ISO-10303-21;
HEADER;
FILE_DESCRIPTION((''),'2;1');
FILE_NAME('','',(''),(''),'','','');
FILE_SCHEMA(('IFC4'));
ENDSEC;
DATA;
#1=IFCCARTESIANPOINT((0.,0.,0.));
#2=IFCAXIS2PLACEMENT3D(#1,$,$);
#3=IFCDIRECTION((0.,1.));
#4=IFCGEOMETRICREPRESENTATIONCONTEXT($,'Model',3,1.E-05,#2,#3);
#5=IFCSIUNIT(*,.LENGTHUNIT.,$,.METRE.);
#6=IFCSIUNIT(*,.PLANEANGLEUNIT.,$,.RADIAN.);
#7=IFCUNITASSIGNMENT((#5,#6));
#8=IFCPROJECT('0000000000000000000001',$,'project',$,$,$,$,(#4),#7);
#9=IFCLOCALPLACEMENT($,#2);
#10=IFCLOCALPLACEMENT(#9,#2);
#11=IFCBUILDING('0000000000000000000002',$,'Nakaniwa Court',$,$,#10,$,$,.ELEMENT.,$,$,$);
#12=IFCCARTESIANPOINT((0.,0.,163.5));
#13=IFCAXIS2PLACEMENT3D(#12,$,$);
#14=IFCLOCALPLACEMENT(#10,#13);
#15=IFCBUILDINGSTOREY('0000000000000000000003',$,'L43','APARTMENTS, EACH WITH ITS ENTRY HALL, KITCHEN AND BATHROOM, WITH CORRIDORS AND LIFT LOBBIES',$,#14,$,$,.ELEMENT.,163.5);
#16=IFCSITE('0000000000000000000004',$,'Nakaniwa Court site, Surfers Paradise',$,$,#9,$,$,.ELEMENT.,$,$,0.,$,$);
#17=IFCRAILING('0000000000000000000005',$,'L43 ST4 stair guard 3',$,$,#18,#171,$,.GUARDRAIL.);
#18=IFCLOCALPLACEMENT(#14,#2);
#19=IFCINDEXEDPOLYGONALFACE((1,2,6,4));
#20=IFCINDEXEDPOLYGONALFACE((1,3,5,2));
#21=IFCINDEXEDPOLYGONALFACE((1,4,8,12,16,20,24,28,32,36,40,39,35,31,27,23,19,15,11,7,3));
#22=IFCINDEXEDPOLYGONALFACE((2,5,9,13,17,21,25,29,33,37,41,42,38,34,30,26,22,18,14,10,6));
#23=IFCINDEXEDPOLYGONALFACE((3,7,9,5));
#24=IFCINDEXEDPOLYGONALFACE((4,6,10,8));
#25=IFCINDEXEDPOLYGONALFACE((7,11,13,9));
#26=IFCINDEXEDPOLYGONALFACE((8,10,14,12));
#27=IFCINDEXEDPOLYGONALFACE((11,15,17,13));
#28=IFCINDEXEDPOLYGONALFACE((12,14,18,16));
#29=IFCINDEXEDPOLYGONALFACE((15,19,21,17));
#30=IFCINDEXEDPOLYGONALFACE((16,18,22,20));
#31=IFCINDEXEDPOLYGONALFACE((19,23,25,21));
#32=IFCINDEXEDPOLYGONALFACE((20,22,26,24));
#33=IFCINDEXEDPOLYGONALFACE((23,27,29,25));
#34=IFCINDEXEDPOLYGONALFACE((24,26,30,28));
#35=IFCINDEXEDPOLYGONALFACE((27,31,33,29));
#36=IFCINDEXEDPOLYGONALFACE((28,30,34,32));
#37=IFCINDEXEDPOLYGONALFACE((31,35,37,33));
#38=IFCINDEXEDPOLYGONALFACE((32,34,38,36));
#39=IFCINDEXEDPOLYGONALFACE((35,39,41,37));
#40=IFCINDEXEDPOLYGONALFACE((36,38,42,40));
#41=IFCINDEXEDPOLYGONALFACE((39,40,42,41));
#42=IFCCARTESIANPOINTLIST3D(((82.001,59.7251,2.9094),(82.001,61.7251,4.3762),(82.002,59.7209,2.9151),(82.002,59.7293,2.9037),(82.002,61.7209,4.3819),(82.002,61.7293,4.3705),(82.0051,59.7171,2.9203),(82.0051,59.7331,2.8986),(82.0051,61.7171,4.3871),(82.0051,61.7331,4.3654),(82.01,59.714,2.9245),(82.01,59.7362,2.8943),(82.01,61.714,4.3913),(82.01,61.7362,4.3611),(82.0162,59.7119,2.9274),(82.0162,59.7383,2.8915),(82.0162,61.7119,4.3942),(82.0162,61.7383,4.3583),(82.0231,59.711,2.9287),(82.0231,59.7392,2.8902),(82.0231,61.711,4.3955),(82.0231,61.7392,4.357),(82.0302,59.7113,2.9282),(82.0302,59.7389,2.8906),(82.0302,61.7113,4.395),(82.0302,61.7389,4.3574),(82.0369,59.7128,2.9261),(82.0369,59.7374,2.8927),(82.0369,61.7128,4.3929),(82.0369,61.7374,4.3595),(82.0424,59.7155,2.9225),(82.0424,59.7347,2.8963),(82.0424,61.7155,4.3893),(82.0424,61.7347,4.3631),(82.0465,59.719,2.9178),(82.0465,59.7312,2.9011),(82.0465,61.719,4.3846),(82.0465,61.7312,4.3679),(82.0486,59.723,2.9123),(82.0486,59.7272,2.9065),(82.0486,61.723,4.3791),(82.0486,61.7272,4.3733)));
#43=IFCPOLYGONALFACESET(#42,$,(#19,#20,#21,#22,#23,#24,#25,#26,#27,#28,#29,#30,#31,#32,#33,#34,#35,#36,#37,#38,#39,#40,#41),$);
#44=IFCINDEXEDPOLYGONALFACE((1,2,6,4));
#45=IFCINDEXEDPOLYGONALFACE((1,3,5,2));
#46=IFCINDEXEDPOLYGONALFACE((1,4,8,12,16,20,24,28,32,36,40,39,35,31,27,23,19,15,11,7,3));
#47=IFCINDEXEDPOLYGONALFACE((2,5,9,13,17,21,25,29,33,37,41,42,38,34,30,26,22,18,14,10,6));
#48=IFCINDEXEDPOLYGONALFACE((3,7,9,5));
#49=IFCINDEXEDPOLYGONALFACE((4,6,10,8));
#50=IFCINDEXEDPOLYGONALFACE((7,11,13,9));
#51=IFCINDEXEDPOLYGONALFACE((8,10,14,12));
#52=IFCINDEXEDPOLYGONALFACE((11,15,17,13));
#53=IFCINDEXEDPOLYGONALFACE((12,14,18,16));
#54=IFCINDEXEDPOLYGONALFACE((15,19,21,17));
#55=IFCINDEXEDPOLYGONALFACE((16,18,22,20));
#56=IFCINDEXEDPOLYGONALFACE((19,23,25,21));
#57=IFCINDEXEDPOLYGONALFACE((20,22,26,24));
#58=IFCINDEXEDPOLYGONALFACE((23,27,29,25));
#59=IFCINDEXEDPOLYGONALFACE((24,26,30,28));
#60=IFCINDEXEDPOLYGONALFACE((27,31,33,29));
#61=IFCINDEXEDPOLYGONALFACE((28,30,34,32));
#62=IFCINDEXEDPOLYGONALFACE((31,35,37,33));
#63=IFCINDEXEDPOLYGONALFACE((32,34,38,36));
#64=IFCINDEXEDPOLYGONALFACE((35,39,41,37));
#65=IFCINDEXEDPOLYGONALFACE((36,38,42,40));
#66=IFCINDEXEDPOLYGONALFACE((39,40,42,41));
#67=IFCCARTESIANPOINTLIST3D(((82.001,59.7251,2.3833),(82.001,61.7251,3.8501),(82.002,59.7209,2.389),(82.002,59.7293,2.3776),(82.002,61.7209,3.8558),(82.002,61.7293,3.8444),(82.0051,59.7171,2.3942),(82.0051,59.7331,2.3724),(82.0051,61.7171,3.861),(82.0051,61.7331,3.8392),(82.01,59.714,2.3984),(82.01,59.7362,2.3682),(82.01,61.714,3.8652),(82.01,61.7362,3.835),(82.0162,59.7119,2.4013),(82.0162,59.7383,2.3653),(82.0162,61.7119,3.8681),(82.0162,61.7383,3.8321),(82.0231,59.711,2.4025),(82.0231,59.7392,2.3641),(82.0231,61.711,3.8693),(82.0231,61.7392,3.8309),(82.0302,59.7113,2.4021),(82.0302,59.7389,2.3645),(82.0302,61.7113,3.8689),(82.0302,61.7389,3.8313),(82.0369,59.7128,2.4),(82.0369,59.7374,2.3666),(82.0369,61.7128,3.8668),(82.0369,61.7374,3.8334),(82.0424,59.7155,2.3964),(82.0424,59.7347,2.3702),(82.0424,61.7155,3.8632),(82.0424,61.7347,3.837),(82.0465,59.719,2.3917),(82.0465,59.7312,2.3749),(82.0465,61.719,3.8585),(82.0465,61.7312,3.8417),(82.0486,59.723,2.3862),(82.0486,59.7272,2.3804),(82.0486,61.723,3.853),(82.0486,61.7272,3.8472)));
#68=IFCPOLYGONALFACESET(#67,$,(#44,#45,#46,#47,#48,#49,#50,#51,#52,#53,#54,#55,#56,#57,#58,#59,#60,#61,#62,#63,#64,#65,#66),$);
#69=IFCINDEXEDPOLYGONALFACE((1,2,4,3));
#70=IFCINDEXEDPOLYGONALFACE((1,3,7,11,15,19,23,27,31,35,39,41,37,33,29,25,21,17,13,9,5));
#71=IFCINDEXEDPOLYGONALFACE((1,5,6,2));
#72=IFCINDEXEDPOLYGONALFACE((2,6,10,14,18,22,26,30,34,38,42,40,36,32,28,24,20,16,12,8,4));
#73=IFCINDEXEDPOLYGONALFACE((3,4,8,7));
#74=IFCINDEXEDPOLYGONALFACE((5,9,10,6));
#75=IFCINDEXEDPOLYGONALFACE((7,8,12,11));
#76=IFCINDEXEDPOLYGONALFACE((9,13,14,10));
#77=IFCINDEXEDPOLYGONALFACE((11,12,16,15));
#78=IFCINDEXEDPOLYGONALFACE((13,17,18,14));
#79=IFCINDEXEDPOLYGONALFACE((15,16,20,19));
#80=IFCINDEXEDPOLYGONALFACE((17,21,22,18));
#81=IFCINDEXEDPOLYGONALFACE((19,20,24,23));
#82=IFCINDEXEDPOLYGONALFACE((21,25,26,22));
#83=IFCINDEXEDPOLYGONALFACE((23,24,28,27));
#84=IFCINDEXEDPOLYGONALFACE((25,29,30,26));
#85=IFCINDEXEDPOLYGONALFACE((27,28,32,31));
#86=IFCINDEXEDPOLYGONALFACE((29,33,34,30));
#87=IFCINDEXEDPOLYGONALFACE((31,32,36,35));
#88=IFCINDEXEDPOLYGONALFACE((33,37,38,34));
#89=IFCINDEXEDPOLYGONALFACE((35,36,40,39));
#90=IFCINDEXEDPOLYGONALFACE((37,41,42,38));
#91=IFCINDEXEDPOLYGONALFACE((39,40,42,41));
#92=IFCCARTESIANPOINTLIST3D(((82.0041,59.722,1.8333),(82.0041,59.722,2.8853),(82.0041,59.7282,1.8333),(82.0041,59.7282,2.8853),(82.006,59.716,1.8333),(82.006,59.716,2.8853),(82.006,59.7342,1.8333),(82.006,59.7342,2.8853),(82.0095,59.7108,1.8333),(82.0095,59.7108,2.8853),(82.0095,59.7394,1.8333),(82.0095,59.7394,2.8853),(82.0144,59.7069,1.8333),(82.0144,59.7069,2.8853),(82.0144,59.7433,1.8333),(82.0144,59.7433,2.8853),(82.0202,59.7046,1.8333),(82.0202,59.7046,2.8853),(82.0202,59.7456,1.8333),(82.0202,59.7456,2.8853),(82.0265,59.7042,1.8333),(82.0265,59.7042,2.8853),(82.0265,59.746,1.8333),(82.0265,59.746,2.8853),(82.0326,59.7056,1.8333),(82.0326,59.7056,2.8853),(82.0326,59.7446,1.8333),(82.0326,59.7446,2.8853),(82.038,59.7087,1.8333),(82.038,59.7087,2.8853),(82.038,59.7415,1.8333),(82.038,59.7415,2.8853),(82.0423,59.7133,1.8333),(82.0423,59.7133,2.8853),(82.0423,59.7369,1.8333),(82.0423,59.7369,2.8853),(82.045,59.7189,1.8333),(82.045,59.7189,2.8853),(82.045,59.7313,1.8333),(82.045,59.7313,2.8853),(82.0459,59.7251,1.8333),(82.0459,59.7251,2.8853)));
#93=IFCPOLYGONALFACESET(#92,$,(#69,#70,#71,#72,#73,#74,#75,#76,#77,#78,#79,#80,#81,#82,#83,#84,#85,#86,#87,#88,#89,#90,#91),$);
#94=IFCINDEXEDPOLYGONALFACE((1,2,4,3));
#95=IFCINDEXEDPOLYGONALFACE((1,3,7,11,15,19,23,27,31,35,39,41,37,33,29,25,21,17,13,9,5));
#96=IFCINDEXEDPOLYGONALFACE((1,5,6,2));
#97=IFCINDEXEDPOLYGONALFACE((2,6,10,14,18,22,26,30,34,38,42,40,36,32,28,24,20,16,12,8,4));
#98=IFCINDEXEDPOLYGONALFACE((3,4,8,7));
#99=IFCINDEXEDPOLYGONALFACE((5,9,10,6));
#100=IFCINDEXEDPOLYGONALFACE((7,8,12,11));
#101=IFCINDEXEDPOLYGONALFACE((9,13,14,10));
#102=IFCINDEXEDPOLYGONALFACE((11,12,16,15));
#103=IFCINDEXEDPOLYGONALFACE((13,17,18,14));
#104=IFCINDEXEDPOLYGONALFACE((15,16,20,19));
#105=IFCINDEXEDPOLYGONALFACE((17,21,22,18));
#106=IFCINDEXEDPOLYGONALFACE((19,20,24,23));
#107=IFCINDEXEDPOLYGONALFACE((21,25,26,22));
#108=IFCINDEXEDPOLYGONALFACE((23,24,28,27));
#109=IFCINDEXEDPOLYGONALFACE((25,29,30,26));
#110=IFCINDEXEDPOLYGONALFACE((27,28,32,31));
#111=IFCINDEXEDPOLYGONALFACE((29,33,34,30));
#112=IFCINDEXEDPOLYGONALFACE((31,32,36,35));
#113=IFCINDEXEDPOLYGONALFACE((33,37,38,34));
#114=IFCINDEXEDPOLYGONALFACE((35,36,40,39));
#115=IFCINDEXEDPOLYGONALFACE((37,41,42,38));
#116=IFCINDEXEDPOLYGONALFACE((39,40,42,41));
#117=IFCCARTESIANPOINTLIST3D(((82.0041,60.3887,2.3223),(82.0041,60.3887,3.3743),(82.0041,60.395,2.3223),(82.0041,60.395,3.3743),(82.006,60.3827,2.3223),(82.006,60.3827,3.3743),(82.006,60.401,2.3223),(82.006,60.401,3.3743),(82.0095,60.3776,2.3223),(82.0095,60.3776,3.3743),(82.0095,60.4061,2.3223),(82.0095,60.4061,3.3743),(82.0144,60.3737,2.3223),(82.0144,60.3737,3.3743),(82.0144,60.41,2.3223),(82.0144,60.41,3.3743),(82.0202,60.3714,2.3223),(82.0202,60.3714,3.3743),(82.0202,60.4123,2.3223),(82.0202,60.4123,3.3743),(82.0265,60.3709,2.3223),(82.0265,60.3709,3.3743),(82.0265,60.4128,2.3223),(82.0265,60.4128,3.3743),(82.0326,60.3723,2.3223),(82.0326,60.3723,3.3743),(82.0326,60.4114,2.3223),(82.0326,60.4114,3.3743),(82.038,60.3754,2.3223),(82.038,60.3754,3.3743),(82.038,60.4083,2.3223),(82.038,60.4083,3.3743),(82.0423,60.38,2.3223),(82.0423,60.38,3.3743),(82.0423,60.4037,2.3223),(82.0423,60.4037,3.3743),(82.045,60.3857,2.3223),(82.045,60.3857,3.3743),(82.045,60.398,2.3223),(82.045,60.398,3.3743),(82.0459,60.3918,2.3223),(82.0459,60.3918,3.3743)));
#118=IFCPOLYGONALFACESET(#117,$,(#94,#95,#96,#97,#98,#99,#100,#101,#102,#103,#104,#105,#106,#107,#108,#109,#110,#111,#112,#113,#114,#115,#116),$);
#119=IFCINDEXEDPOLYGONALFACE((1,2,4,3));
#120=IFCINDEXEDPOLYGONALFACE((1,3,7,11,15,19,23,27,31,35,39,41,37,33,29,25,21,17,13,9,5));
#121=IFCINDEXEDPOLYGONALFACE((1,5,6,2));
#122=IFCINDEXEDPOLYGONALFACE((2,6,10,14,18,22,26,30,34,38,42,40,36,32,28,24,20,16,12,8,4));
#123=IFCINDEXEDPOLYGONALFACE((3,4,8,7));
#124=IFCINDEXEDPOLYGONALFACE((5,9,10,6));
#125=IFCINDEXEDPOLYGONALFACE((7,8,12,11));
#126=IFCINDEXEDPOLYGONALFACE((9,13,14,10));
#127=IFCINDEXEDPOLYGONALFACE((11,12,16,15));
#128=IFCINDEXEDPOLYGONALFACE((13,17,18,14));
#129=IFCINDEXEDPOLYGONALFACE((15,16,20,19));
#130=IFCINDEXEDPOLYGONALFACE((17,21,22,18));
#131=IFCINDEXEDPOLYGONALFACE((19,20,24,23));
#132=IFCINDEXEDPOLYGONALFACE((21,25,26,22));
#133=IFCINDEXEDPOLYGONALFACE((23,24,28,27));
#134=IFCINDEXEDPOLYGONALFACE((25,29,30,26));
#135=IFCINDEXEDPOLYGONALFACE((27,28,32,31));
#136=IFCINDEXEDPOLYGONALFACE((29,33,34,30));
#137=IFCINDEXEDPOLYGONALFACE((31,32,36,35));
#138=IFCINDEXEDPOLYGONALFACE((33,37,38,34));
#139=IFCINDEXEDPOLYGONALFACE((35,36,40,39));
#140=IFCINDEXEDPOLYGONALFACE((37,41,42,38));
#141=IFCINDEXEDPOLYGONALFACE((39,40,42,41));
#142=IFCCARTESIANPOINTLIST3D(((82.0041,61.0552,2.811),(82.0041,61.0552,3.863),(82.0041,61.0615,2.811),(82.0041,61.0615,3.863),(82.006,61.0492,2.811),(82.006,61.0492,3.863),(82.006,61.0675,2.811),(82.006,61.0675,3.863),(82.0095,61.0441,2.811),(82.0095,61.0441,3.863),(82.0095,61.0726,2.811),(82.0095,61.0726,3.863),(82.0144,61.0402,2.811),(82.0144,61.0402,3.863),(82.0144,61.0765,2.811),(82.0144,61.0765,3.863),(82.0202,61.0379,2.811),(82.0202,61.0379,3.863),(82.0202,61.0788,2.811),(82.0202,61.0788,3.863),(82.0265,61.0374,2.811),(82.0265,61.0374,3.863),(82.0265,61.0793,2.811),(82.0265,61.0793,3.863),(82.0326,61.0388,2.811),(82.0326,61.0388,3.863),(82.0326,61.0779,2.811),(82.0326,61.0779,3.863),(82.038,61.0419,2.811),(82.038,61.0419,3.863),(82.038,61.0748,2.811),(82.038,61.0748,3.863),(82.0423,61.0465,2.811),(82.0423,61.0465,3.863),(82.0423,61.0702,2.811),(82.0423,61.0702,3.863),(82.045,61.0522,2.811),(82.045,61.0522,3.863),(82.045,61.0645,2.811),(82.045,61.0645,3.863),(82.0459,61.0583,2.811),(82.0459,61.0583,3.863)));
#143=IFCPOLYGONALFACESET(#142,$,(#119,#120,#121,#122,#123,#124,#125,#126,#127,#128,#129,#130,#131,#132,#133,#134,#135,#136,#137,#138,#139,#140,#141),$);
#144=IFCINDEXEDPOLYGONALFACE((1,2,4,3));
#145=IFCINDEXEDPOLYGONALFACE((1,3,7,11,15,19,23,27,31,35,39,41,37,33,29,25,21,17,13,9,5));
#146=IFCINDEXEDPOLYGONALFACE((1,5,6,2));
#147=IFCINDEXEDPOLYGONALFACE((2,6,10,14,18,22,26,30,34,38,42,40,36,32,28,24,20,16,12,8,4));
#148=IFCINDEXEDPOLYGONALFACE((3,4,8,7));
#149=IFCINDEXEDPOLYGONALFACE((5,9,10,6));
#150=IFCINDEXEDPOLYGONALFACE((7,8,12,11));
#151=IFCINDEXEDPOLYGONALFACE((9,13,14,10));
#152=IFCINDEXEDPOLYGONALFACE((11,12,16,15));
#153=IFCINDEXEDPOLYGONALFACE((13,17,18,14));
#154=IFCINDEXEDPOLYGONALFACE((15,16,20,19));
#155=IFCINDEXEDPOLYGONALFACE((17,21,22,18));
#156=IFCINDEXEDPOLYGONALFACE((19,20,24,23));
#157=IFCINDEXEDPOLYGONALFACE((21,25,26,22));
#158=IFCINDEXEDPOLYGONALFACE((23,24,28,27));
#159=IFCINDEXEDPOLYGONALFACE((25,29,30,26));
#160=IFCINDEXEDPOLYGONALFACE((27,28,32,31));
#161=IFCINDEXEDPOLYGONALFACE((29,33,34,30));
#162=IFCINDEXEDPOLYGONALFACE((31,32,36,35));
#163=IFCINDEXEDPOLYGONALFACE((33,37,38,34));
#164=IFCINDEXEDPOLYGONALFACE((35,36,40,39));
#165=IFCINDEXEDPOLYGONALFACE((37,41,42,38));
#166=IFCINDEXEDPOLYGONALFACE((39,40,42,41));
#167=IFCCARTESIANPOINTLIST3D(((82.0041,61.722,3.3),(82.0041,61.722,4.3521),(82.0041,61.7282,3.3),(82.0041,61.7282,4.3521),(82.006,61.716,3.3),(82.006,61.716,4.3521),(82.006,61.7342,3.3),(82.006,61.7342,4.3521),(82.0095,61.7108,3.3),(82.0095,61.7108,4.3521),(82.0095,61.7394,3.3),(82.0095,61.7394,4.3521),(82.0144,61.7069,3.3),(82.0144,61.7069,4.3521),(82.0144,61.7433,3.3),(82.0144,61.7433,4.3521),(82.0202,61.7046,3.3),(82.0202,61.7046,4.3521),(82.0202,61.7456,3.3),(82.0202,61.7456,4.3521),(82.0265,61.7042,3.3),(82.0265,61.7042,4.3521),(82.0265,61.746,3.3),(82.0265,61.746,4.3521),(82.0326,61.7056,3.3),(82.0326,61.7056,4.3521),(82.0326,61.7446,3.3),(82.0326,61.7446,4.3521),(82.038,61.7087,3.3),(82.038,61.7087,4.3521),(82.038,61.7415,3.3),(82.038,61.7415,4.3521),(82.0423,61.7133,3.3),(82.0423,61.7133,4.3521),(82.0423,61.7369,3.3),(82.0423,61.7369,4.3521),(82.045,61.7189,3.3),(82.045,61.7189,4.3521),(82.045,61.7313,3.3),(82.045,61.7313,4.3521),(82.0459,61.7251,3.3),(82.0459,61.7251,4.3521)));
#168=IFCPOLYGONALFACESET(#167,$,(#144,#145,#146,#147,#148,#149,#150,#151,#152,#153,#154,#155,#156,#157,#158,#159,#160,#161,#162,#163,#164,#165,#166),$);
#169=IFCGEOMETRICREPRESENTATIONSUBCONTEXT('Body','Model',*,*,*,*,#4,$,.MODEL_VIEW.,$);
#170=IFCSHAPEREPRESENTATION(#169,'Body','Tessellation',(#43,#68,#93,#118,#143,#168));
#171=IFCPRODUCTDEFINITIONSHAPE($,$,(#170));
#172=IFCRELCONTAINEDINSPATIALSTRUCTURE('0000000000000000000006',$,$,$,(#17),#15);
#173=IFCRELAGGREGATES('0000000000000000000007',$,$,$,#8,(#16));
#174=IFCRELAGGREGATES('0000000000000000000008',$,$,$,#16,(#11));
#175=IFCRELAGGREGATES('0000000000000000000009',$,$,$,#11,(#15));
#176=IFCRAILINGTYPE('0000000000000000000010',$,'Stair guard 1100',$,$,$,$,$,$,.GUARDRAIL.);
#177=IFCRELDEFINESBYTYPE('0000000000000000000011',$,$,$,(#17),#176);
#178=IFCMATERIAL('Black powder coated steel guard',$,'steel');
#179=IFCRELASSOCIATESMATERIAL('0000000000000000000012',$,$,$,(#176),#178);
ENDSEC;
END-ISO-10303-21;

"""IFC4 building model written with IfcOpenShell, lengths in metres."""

from ifc_helpers import new_model, si_unit, direction, frame, origin, origin_2d, place, context, subcontext, project, spatial, circle, extrude, material, type_object, element, save


model = new_model("IFC4")

# Units and contexts
model_context = context("Model", 3, precision=1e-05, world=origin(), true_north=direction((0.0, 1.0)))
body_context = subcontext(model_context, "Body", "Model", "MODEL_VIEW")
ifc_project = project(units=[si_unit("LENGTHUNIT", "METRE"), si_unit("PLANEANGLEUNIT", "RADIAN")], contexts=[model_context])

# Site, building, storey
site_placement = place(None, origin())
site = spatial("IfcSite", under=ifc_project, at=site_placement, Name="Nakaniwa Court site, Surfers Paradise", CompositionType="ELEMENT", RefElevation=0.0)
building_placement = place(site_placement, origin())
building = spatial("IfcBuilding", under=site, at=building_placement, Name="Nakaniwa Court", CompositionType="ELEMENT")
storey_placement = place(building_placement, frame((0.0, 0.0, 163.5)))
storey = spatial("IfcBuildingStorey", under=building, at=storey_placement, Name="L43", Description="APARTMENTS, EACH WITH ITS ENTRY HALL, KITCHEN AND BATHROOM, WITH CORRIDORS AND LIFT LOBBIES", CompositionType="ELEMENT", Elevation=163.5)

# Railing
ifc_material_1 = material(Name="Black powder coated steel guard", Category="steel")
railing_type_1 = type_object("IfcRailingType", Name="Stair guard 1100", PredefinedType="GUARDRAIL", material=ifc_material_1)
railing_1_placement = place(storey_placement, frame((82.0249, 59.7251, 1.8333)))
element("IfcRailing", 1, at=railing_1_placement, inside=storey, type_object=railing_type_1, Name="L43 ST4 stair guard 3", PredefinedType="GUARDRAIL", context=body_context, shape_type="SweptSolid", body=[
    extrude(circle(Radius=0.0239, at=origin_2d()), frame((0.0, 0.0, 1.0762), z_axis=(0.0, 0.80638, 0.591398), x_axis=(-1.0, 0.0, 0.0)), (0.0, 0.0, 1.0), 2.4802),
    extrude(circle(Radius=0.0239, at=origin_2d()), frame((0.0, 0.0, 0.55), z_axis=(0.0, 0.80638, 0.591398), x_axis=(-1.0, 0.0, 0.0)), (0.0, 0.0, 1.0), 2.4802),
    extrude(circle(Radius=0.021, at=origin_2d()), origin(), (0.0, 0.0, 1.0), 1.052),
    extrude(circle(Radius=0.021, at=origin_2d()), frame((0.0, 0.6667, 0.489)), (0.0, 0.0, 1.0), 1.052),
    extrude(circle(Radius=0.021, at=origin_2d()), frame((0.0, 1.3333, 0.9778)), (0.0, 0.0, 1.0), 1.052),
    extrude(circle(Radius=0.021, at=origin_2d()), frame((0.0, 2.0, 1.4668)), (0.0, 0.0, 1.0), 1.052),
])

save(model, "model.ifc")
